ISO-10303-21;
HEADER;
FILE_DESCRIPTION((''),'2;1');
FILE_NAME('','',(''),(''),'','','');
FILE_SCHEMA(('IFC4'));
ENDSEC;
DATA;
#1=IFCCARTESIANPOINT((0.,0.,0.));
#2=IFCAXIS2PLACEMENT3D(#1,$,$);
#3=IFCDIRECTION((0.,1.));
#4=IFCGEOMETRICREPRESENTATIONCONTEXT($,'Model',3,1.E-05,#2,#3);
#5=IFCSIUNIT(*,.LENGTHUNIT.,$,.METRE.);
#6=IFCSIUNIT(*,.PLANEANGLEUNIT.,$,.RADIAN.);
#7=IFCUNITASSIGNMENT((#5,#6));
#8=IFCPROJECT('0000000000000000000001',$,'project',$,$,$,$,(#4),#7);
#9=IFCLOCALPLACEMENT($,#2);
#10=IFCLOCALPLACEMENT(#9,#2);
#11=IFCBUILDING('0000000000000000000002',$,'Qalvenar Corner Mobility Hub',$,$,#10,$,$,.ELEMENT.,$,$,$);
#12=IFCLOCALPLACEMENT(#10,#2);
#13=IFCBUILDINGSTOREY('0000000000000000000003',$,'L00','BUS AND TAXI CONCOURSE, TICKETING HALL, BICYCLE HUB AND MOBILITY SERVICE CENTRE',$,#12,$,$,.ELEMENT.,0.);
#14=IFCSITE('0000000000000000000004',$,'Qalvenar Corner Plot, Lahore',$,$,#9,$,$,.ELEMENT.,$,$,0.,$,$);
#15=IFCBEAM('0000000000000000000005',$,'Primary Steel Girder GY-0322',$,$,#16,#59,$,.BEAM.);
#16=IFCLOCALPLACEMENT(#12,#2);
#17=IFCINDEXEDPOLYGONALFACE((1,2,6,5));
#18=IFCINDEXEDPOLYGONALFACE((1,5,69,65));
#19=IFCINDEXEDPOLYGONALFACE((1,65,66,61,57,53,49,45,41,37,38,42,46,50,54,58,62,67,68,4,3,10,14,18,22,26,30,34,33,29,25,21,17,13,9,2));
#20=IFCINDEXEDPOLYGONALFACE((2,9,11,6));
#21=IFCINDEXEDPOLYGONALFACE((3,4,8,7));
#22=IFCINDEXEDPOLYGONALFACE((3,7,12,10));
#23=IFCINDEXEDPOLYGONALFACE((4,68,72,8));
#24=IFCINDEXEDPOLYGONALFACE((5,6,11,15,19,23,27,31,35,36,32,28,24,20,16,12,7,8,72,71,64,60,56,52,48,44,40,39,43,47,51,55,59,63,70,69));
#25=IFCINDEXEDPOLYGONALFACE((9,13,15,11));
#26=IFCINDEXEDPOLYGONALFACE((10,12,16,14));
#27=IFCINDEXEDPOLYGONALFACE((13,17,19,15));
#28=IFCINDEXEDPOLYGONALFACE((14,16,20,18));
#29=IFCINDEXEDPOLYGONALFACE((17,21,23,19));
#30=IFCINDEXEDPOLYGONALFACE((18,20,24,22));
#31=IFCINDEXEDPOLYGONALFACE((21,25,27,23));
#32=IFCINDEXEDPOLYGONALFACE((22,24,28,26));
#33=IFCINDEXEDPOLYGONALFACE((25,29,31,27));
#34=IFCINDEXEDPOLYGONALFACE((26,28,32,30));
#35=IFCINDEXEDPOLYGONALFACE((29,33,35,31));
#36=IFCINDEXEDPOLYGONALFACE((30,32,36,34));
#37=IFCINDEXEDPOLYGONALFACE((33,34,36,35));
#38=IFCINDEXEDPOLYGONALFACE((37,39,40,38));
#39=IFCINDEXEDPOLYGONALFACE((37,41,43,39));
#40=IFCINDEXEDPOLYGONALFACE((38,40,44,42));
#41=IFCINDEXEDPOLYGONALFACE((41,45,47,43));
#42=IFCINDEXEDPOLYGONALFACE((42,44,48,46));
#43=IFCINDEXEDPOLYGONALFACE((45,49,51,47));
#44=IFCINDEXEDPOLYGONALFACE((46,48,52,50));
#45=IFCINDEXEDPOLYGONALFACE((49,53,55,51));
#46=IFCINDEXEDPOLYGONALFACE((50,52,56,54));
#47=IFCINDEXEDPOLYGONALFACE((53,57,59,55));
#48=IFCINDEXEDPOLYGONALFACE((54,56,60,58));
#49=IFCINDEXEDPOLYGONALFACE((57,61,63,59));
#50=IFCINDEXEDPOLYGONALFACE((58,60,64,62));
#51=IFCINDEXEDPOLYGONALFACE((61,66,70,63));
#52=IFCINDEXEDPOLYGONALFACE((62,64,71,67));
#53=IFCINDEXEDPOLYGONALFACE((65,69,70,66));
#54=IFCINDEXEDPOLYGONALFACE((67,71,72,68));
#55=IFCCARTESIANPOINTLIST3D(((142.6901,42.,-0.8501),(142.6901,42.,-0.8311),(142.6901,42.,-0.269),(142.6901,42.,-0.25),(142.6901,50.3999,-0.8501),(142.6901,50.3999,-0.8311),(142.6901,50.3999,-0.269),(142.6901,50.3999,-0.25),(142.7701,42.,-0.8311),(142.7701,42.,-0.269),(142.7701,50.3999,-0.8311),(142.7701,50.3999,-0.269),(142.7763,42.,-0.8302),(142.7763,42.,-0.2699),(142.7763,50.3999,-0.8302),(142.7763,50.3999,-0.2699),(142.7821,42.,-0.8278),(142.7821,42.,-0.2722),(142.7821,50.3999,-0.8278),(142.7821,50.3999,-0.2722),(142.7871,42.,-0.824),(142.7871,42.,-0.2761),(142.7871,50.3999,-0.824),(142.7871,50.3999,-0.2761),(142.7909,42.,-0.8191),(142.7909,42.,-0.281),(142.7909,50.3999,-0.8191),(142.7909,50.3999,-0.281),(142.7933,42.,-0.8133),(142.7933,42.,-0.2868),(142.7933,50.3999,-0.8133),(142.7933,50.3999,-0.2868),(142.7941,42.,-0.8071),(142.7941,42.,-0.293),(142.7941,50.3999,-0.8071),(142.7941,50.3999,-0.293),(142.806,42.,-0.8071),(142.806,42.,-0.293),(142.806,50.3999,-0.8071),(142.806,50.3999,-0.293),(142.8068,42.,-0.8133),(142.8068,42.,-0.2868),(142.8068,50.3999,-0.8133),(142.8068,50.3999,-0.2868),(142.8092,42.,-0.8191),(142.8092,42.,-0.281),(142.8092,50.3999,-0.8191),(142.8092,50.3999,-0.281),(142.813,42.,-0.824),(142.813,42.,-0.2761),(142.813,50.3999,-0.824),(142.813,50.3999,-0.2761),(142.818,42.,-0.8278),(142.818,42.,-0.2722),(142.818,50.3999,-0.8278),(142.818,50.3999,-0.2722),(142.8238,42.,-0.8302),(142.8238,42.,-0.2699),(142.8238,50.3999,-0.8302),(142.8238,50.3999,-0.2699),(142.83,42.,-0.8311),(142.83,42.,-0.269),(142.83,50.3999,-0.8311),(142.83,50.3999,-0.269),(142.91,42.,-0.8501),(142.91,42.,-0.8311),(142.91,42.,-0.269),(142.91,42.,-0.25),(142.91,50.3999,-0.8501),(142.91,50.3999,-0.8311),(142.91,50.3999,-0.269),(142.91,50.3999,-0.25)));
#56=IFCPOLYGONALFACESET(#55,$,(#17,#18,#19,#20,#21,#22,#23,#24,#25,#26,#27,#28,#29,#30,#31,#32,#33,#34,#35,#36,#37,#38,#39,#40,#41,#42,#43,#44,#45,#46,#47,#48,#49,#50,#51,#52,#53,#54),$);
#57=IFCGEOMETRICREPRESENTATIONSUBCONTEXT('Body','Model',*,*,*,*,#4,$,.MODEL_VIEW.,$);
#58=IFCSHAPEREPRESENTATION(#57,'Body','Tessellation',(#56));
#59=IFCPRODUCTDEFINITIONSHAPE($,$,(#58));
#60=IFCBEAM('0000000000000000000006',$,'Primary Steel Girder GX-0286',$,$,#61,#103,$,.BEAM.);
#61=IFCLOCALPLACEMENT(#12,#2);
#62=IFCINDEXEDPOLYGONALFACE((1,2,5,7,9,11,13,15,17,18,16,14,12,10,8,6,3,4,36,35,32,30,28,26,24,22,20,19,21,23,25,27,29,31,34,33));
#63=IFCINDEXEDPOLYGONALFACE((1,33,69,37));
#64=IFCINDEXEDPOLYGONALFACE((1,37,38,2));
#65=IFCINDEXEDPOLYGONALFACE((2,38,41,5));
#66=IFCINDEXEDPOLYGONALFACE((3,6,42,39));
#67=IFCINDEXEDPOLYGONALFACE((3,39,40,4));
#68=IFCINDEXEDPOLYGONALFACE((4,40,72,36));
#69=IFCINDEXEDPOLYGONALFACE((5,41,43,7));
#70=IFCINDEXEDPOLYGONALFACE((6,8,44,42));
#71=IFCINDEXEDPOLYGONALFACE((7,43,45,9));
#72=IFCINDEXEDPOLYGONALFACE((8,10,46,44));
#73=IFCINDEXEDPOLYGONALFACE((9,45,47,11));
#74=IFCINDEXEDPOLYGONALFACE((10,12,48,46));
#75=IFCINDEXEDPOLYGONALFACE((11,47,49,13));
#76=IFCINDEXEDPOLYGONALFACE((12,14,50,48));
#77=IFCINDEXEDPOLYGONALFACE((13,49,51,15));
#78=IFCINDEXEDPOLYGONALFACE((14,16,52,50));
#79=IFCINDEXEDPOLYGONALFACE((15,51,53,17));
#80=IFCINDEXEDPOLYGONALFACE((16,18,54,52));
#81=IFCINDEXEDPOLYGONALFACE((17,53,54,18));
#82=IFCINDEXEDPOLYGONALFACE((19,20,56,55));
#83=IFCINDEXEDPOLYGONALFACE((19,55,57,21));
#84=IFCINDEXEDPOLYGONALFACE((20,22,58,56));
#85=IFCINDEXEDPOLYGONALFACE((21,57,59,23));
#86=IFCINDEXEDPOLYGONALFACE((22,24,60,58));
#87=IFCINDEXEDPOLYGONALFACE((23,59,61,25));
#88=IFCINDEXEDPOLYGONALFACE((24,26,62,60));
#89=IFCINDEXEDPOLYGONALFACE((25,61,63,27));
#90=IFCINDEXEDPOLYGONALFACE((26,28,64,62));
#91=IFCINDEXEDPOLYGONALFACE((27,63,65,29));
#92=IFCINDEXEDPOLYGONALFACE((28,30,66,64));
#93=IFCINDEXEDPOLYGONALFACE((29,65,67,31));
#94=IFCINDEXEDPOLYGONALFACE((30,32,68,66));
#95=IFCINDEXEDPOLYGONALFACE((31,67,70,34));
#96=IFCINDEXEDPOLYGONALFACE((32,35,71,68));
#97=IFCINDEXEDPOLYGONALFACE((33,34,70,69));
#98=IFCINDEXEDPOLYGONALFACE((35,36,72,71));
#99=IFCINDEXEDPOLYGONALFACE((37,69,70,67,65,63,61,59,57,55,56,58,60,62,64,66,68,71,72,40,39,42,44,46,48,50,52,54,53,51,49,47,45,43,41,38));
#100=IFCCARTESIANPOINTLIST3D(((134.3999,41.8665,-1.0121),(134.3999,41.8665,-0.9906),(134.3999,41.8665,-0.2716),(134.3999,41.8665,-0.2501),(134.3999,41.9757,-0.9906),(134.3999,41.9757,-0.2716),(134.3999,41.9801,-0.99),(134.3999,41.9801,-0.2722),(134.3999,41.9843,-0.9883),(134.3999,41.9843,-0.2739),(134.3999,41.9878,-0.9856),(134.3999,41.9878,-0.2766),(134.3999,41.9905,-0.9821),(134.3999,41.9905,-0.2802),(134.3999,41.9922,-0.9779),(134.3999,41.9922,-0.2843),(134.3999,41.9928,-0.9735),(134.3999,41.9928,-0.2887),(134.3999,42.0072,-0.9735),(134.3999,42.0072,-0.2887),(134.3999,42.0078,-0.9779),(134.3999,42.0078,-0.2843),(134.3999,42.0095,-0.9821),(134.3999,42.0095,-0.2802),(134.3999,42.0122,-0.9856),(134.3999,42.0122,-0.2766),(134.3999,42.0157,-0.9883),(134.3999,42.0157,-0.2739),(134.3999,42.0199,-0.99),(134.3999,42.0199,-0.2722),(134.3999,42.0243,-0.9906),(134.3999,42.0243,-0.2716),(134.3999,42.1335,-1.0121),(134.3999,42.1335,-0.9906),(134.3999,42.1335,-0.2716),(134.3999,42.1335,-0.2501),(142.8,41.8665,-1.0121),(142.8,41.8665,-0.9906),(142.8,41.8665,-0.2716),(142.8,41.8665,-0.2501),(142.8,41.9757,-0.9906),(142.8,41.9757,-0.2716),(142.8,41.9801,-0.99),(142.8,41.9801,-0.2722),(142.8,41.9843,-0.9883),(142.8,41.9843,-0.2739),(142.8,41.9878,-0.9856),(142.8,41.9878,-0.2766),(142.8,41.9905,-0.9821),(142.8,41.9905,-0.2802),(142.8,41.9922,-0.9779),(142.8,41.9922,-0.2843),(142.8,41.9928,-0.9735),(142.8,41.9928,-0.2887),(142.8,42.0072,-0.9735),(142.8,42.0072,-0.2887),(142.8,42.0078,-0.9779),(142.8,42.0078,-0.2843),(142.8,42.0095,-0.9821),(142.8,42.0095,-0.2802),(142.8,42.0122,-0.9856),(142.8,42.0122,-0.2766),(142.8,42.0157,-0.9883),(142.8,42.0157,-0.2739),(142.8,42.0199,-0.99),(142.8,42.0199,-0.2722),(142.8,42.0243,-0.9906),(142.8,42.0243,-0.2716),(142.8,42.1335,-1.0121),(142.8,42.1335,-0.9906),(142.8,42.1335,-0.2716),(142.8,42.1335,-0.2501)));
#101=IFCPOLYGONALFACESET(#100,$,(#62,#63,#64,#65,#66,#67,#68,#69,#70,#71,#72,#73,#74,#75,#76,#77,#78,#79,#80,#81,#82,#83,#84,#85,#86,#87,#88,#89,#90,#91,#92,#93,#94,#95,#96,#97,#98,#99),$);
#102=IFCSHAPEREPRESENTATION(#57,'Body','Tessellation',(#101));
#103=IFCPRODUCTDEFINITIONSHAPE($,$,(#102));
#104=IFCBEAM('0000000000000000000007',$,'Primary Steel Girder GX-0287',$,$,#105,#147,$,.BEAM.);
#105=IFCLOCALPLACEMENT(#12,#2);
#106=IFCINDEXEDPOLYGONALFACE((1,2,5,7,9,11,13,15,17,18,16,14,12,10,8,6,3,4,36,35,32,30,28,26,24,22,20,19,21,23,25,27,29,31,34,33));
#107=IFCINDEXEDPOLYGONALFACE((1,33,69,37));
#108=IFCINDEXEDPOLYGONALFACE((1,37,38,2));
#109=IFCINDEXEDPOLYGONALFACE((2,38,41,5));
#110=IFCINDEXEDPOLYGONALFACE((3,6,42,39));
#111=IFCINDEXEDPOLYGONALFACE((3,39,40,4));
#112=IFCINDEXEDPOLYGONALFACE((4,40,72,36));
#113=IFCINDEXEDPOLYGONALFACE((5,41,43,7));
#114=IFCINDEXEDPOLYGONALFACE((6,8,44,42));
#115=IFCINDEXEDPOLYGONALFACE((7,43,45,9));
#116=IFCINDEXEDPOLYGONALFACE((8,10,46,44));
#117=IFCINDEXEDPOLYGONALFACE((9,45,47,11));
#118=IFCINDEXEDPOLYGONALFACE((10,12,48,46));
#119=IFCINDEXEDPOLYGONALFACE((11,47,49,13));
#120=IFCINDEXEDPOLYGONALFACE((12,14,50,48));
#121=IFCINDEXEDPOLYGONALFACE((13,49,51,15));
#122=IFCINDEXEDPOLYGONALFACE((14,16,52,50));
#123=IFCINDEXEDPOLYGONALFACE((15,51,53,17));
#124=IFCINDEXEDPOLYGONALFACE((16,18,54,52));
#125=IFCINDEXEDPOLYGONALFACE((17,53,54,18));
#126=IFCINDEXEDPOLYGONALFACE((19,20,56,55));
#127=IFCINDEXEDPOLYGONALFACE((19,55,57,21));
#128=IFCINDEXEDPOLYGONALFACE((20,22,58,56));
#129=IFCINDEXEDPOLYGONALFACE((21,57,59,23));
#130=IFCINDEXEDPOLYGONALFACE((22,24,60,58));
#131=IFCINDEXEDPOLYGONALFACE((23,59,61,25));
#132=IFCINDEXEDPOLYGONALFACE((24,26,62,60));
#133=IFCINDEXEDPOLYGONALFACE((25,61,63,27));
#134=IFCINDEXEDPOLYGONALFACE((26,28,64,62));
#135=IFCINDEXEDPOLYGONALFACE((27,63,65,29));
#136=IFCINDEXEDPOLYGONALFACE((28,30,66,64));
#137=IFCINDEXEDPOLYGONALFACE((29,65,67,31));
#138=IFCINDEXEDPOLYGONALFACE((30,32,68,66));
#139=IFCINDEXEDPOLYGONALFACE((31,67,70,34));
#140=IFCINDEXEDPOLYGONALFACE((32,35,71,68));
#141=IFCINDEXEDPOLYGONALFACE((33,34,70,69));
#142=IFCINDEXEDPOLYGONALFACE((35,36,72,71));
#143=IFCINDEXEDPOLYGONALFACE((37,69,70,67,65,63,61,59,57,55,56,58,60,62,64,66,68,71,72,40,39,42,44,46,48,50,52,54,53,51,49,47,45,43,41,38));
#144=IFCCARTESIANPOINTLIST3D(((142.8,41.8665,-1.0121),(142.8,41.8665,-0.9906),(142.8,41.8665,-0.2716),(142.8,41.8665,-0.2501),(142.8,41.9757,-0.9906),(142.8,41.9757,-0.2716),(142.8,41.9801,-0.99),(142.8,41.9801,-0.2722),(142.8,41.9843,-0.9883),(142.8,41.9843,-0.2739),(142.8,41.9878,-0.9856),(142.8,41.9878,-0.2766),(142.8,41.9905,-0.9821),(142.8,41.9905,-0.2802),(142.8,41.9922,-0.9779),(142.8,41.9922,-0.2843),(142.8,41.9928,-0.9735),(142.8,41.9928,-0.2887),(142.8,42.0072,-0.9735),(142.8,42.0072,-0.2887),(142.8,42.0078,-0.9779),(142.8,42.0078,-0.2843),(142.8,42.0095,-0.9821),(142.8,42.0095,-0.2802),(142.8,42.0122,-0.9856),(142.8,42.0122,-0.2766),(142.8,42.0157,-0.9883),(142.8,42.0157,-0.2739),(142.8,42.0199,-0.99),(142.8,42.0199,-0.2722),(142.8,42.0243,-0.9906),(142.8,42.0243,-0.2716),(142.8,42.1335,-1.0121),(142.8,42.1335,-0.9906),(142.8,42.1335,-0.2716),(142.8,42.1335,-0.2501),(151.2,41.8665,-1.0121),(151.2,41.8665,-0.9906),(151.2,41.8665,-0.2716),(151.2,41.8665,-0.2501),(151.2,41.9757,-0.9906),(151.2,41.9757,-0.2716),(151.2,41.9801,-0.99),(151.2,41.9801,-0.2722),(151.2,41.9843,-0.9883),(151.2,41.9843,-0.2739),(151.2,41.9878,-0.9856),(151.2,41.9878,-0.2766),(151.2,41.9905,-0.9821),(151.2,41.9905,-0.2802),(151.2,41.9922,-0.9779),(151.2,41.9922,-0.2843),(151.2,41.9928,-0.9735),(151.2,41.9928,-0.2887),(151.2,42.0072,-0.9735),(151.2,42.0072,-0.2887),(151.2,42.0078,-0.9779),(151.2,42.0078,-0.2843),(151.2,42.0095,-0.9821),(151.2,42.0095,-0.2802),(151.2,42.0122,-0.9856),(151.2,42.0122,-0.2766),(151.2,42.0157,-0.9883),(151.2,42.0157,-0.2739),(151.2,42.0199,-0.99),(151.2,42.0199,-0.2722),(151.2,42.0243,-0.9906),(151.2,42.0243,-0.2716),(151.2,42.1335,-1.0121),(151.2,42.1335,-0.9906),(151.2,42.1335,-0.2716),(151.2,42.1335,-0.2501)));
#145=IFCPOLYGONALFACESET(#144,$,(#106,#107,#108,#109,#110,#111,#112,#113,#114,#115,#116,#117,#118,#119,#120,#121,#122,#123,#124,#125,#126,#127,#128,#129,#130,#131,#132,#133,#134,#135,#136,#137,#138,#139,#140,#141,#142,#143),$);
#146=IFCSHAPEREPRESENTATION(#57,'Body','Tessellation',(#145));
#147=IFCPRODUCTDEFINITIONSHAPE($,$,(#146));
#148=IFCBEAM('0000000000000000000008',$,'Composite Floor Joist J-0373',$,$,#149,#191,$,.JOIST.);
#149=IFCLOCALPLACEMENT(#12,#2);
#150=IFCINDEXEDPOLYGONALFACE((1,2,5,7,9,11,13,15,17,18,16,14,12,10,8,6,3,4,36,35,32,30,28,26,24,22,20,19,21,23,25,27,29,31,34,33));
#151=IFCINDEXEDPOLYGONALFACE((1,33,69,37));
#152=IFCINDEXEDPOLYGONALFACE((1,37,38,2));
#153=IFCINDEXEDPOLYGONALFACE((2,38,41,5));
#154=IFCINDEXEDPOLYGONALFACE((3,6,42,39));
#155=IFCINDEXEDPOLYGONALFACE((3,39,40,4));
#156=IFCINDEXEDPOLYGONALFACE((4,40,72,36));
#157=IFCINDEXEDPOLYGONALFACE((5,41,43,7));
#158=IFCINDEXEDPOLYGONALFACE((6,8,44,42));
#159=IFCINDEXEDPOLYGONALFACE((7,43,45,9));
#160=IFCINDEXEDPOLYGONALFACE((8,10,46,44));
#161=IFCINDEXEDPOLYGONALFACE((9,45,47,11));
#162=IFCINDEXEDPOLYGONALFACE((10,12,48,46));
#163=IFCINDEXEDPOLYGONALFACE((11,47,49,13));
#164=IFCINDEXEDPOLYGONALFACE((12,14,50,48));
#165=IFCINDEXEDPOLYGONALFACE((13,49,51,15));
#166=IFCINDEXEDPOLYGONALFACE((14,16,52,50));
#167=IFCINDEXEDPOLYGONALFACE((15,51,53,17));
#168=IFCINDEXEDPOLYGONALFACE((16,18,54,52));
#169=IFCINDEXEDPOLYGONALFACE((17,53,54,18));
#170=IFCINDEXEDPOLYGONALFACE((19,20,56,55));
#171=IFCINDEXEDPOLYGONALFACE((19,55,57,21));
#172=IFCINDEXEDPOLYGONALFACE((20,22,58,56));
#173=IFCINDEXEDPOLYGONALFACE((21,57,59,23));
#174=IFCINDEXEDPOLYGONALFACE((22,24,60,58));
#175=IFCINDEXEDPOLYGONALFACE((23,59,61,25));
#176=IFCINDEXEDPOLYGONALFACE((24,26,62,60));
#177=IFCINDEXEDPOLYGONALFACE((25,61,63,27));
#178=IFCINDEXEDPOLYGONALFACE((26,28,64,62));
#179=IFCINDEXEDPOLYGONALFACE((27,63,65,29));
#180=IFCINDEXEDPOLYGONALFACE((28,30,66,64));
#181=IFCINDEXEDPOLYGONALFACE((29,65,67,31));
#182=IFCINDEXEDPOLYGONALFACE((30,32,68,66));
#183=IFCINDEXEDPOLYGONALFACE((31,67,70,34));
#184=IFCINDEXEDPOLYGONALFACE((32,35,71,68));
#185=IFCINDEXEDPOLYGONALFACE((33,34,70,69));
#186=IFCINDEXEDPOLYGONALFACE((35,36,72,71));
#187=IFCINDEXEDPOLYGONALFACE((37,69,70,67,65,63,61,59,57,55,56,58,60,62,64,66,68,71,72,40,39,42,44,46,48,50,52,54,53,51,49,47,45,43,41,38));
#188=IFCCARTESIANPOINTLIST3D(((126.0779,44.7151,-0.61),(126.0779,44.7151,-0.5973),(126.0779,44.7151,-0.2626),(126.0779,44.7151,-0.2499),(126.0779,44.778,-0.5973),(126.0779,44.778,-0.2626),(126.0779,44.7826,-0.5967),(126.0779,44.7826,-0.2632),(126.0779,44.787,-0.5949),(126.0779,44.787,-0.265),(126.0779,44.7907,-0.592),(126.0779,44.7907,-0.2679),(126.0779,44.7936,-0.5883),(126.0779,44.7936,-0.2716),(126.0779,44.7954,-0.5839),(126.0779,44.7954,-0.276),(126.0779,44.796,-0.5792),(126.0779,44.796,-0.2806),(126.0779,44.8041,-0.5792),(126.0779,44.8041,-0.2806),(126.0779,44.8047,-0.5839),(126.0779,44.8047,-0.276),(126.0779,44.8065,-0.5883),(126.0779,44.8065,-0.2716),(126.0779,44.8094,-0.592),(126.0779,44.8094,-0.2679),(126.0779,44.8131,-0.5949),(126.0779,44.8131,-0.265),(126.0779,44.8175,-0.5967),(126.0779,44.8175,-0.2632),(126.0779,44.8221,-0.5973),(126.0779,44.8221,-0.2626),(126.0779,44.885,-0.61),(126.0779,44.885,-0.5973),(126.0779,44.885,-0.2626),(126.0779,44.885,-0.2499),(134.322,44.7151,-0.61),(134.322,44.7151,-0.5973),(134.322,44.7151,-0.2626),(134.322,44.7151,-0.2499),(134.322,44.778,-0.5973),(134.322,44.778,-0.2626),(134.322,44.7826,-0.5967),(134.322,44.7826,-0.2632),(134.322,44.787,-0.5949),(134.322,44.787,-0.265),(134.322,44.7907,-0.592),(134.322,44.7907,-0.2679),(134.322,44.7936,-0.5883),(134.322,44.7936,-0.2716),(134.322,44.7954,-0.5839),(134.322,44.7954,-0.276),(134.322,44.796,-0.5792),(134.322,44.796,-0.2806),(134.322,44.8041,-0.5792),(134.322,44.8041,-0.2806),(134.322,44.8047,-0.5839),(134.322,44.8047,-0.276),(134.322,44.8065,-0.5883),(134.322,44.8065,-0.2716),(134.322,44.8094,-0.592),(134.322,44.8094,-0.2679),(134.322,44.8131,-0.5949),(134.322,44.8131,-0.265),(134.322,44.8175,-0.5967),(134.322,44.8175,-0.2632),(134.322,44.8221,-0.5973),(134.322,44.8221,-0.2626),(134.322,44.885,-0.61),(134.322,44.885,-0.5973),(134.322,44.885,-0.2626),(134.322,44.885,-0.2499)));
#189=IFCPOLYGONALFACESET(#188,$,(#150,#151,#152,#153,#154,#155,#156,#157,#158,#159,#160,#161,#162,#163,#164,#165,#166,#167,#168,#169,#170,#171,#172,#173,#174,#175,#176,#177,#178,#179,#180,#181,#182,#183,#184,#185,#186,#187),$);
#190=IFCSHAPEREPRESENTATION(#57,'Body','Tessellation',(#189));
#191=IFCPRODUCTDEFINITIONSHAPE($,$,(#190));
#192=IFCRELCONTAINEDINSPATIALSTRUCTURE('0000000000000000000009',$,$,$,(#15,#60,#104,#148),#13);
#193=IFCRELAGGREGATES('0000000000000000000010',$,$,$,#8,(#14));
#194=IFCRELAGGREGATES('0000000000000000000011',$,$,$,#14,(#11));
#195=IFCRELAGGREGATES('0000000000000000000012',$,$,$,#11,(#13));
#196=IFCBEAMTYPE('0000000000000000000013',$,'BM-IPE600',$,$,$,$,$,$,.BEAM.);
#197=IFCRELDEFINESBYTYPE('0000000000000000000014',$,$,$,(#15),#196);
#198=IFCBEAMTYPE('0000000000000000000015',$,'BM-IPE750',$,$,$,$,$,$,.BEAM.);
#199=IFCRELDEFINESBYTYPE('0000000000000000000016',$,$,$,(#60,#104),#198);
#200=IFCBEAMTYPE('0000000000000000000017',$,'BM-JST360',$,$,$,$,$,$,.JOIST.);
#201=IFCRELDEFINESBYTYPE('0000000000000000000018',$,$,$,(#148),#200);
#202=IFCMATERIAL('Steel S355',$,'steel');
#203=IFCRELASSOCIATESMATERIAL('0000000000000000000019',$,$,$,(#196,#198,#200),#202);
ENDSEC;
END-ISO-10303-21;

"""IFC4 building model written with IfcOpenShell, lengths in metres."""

from ifc_helpers import new_model, si_unit, direction, frame, origin, origin_2d, place, context, subcontext, project, spatial, i_section, extrude, material, material_profile, profile_set, type_object, element, save


model = new_model("IFC4")

# Units and contexts
model_context = context("Model", 3, precision=1e-05, world=origin(), true_north=direction((0.0, 1.0)))
body_context = subcontext(model_context, "Body", "Model", "MODEL_VIEW")
ifc_project = project(units=[si_unit("LENGTHUNIT", "METRE"), si_unit("PLANEANGLEUNIT", "RADIAN")], contexts=[model_context])

# Site, building, storey
site_placement = place(None, origin())
site = spatial("IfcSite", under=ifc_project, at=site_placement, Name="Qalvenar Corner Plot, Lahore", CompositionType="ELEMENT", RefElevation=0.0)
building_placement = place(site_placement, origin())
building = spatial("IfcBuilding", under=site, at=building_placement, Name="Qalvenar Corner Mobility Hub", CompositionType="ELEMENT")
storey_placement = place(building_placement, origin())
storey = spatial("IfcBuildingStorey", under=building, at=storey_placement, Name="L00", Description="BUS AND TAXI CONCOURSE, TICKETING HALL, BICYCLE HUB AND MOBILITY SERVICE CENTRE", CompositionType="ELEMENT", Elevation=0.0)

# Shared definitions
ifc_material_1 = material(Name="Steel S355", Category="steel")

# Beams
ifc_material_profile_1 = material_profile(ifc_material_1, i_section(OverallWidth=0.22, OverallDepth=0.6001, WebThickness=0.012, FlangeThickness=0.019, FilletRadius=0.0239, at=origin_2d()), Name="IPE600")
ifc_profile_set_1 = profile_set([ifc_material_profile_1], Name="Steel S355")
beam_type_1 = type_object("IfcBeamType", Name="BM-IPE600", PredefinedType="BEAM", material=ifc_profile_set_1)
for number, where, z_axis, x_axis, name in (
    (1, (142.8, 42.0, -0.55), (0.0, 1.0, 0.0), (-1.0, 0.0, 0.0), "Primary Steel Girder GY-0322"),
):
    element("IfcBeam", number, at=place(storey_placement, frame(where, z_axis=z_axis, x_axis=x_axis)), inside=storey, type_object=beam_type_1, Name=name, PredefinedType="BEAM", context=body_context, shape_type="SweptSolid", body=[
        extrude(i_section(OverallWidth=0.22, OverallDepth=0.6001, WebThickness=0.012, FlangeThickness=0.019, FilletRadius=0.0239, at=origin_2d()), origin(), (0.0, 0.0, 1.0), 8.3999),
    ])
ifc_material_profile_2 = material_profile(ifc_material_1, i_section(OverallWidth=0.2671, OverallDepth=0.762, WebThickness=0.0144, FlangeThickness=0.0215, FilletRadius=0.0171, at=origin_2d()), Name="IPE750x173")
ifc_profile_set_2 = profile_set([ifc_material_profile_2], Name="Steel S355")
beam_type_2 = type_object("IfcBeamType", Name="BM-IPE750", PredefinedType="BEAM", material=ifc_profile_set_2)
beam_1_placement = place(storey_placement, frame((134.3999, 42.0, -0.6311), z_axis=(1.0, 0.0, 0.0), x_axis=(0.0, 1.0, 0.0)))
element("IfcBeam", 2, at=beam_1_placement, inside=storey, type_object=beam_type_2, Name="Primary Steel Girder GX-0286", PredefinedType="BEAM", context=body_context, shape_type="SweptSolid", body=[
    extrude(i_section(OverallWidth=0.2671, OverallDepth=0.762, WebThickness=0.0144, FlangeThickness=0.0215, FilletRadius=0.0171, at=origin_2d()), origin(), (0.0, 0.0, 1.0), 8.4001),
])
beam_2_placement = place(storey_placement, frame((142.8, 42.0, -0.6311), z_axis=(1.0, 0.0, 0.0), x_axis=(0.0, 1.0, 0.0)))
element("IfcBeam", 3, at=beam_2_placement, inside=storey, type_object=beam_type_2, Name="Primary Steel Girder GX-0287", PredefinedType="BEAM", context=body_context, shape_type="SweptSolid", body=[
    extrude(i_section(OverallWidth=0.2671, OverallDepth=0.762, WebThickness=0.0144, FlangeThickness=0.0215, FilletRadius=0.0171, at=origin_2d()), origin(), (0.0, 0.0, 1.0), 8.3999),
])
ifc_material_profile_3 = material_profile(ifc_material_1, i_section(OverallWidth=0.1699, OverallDepth=0.3601, WebThickness=0.0081, FlangeThickness=0.0127, FilletRadius=0.0181, at=origin_2d()), Name="IPE360")
ifc_profile_set_3 = profile_set([ifc_material_profile_3], Name="Steel S355")
beam_type_3 = type_object("IfcBeamType", Name="BM-JST360", PredefinedType="JOIST", material=ifc_profile_set_3)
for number, where, z_axis, x_axis, name in (
    (4, (126.0779, 44.8, -0.4299), (1.0, 0.0, 0.0), (0.0, 1.0, 0.0), "Composite Floor Joist J-0373"),
):
    element("IfcBeam", number, at=place(storey_placement, frame(where, z_axis=z_axis, x_axis=x_axis)), inside=storey, type_object=beam_type_3, Name=name, PredefinedType="JOIST", context=body_context, shape_type="SweptSolid", body=[
        extrude(i_section(OverallWidth=0.1699, OverallDepth=0.3601, WebThickness=0.0081, FlangeThickness=0.0127, FilletRadius=0.0181, at=origin_2d()), origin(), (0.0, 0.0, 1.0), 8.2441),
    ])

save(model, "model.ifc")
